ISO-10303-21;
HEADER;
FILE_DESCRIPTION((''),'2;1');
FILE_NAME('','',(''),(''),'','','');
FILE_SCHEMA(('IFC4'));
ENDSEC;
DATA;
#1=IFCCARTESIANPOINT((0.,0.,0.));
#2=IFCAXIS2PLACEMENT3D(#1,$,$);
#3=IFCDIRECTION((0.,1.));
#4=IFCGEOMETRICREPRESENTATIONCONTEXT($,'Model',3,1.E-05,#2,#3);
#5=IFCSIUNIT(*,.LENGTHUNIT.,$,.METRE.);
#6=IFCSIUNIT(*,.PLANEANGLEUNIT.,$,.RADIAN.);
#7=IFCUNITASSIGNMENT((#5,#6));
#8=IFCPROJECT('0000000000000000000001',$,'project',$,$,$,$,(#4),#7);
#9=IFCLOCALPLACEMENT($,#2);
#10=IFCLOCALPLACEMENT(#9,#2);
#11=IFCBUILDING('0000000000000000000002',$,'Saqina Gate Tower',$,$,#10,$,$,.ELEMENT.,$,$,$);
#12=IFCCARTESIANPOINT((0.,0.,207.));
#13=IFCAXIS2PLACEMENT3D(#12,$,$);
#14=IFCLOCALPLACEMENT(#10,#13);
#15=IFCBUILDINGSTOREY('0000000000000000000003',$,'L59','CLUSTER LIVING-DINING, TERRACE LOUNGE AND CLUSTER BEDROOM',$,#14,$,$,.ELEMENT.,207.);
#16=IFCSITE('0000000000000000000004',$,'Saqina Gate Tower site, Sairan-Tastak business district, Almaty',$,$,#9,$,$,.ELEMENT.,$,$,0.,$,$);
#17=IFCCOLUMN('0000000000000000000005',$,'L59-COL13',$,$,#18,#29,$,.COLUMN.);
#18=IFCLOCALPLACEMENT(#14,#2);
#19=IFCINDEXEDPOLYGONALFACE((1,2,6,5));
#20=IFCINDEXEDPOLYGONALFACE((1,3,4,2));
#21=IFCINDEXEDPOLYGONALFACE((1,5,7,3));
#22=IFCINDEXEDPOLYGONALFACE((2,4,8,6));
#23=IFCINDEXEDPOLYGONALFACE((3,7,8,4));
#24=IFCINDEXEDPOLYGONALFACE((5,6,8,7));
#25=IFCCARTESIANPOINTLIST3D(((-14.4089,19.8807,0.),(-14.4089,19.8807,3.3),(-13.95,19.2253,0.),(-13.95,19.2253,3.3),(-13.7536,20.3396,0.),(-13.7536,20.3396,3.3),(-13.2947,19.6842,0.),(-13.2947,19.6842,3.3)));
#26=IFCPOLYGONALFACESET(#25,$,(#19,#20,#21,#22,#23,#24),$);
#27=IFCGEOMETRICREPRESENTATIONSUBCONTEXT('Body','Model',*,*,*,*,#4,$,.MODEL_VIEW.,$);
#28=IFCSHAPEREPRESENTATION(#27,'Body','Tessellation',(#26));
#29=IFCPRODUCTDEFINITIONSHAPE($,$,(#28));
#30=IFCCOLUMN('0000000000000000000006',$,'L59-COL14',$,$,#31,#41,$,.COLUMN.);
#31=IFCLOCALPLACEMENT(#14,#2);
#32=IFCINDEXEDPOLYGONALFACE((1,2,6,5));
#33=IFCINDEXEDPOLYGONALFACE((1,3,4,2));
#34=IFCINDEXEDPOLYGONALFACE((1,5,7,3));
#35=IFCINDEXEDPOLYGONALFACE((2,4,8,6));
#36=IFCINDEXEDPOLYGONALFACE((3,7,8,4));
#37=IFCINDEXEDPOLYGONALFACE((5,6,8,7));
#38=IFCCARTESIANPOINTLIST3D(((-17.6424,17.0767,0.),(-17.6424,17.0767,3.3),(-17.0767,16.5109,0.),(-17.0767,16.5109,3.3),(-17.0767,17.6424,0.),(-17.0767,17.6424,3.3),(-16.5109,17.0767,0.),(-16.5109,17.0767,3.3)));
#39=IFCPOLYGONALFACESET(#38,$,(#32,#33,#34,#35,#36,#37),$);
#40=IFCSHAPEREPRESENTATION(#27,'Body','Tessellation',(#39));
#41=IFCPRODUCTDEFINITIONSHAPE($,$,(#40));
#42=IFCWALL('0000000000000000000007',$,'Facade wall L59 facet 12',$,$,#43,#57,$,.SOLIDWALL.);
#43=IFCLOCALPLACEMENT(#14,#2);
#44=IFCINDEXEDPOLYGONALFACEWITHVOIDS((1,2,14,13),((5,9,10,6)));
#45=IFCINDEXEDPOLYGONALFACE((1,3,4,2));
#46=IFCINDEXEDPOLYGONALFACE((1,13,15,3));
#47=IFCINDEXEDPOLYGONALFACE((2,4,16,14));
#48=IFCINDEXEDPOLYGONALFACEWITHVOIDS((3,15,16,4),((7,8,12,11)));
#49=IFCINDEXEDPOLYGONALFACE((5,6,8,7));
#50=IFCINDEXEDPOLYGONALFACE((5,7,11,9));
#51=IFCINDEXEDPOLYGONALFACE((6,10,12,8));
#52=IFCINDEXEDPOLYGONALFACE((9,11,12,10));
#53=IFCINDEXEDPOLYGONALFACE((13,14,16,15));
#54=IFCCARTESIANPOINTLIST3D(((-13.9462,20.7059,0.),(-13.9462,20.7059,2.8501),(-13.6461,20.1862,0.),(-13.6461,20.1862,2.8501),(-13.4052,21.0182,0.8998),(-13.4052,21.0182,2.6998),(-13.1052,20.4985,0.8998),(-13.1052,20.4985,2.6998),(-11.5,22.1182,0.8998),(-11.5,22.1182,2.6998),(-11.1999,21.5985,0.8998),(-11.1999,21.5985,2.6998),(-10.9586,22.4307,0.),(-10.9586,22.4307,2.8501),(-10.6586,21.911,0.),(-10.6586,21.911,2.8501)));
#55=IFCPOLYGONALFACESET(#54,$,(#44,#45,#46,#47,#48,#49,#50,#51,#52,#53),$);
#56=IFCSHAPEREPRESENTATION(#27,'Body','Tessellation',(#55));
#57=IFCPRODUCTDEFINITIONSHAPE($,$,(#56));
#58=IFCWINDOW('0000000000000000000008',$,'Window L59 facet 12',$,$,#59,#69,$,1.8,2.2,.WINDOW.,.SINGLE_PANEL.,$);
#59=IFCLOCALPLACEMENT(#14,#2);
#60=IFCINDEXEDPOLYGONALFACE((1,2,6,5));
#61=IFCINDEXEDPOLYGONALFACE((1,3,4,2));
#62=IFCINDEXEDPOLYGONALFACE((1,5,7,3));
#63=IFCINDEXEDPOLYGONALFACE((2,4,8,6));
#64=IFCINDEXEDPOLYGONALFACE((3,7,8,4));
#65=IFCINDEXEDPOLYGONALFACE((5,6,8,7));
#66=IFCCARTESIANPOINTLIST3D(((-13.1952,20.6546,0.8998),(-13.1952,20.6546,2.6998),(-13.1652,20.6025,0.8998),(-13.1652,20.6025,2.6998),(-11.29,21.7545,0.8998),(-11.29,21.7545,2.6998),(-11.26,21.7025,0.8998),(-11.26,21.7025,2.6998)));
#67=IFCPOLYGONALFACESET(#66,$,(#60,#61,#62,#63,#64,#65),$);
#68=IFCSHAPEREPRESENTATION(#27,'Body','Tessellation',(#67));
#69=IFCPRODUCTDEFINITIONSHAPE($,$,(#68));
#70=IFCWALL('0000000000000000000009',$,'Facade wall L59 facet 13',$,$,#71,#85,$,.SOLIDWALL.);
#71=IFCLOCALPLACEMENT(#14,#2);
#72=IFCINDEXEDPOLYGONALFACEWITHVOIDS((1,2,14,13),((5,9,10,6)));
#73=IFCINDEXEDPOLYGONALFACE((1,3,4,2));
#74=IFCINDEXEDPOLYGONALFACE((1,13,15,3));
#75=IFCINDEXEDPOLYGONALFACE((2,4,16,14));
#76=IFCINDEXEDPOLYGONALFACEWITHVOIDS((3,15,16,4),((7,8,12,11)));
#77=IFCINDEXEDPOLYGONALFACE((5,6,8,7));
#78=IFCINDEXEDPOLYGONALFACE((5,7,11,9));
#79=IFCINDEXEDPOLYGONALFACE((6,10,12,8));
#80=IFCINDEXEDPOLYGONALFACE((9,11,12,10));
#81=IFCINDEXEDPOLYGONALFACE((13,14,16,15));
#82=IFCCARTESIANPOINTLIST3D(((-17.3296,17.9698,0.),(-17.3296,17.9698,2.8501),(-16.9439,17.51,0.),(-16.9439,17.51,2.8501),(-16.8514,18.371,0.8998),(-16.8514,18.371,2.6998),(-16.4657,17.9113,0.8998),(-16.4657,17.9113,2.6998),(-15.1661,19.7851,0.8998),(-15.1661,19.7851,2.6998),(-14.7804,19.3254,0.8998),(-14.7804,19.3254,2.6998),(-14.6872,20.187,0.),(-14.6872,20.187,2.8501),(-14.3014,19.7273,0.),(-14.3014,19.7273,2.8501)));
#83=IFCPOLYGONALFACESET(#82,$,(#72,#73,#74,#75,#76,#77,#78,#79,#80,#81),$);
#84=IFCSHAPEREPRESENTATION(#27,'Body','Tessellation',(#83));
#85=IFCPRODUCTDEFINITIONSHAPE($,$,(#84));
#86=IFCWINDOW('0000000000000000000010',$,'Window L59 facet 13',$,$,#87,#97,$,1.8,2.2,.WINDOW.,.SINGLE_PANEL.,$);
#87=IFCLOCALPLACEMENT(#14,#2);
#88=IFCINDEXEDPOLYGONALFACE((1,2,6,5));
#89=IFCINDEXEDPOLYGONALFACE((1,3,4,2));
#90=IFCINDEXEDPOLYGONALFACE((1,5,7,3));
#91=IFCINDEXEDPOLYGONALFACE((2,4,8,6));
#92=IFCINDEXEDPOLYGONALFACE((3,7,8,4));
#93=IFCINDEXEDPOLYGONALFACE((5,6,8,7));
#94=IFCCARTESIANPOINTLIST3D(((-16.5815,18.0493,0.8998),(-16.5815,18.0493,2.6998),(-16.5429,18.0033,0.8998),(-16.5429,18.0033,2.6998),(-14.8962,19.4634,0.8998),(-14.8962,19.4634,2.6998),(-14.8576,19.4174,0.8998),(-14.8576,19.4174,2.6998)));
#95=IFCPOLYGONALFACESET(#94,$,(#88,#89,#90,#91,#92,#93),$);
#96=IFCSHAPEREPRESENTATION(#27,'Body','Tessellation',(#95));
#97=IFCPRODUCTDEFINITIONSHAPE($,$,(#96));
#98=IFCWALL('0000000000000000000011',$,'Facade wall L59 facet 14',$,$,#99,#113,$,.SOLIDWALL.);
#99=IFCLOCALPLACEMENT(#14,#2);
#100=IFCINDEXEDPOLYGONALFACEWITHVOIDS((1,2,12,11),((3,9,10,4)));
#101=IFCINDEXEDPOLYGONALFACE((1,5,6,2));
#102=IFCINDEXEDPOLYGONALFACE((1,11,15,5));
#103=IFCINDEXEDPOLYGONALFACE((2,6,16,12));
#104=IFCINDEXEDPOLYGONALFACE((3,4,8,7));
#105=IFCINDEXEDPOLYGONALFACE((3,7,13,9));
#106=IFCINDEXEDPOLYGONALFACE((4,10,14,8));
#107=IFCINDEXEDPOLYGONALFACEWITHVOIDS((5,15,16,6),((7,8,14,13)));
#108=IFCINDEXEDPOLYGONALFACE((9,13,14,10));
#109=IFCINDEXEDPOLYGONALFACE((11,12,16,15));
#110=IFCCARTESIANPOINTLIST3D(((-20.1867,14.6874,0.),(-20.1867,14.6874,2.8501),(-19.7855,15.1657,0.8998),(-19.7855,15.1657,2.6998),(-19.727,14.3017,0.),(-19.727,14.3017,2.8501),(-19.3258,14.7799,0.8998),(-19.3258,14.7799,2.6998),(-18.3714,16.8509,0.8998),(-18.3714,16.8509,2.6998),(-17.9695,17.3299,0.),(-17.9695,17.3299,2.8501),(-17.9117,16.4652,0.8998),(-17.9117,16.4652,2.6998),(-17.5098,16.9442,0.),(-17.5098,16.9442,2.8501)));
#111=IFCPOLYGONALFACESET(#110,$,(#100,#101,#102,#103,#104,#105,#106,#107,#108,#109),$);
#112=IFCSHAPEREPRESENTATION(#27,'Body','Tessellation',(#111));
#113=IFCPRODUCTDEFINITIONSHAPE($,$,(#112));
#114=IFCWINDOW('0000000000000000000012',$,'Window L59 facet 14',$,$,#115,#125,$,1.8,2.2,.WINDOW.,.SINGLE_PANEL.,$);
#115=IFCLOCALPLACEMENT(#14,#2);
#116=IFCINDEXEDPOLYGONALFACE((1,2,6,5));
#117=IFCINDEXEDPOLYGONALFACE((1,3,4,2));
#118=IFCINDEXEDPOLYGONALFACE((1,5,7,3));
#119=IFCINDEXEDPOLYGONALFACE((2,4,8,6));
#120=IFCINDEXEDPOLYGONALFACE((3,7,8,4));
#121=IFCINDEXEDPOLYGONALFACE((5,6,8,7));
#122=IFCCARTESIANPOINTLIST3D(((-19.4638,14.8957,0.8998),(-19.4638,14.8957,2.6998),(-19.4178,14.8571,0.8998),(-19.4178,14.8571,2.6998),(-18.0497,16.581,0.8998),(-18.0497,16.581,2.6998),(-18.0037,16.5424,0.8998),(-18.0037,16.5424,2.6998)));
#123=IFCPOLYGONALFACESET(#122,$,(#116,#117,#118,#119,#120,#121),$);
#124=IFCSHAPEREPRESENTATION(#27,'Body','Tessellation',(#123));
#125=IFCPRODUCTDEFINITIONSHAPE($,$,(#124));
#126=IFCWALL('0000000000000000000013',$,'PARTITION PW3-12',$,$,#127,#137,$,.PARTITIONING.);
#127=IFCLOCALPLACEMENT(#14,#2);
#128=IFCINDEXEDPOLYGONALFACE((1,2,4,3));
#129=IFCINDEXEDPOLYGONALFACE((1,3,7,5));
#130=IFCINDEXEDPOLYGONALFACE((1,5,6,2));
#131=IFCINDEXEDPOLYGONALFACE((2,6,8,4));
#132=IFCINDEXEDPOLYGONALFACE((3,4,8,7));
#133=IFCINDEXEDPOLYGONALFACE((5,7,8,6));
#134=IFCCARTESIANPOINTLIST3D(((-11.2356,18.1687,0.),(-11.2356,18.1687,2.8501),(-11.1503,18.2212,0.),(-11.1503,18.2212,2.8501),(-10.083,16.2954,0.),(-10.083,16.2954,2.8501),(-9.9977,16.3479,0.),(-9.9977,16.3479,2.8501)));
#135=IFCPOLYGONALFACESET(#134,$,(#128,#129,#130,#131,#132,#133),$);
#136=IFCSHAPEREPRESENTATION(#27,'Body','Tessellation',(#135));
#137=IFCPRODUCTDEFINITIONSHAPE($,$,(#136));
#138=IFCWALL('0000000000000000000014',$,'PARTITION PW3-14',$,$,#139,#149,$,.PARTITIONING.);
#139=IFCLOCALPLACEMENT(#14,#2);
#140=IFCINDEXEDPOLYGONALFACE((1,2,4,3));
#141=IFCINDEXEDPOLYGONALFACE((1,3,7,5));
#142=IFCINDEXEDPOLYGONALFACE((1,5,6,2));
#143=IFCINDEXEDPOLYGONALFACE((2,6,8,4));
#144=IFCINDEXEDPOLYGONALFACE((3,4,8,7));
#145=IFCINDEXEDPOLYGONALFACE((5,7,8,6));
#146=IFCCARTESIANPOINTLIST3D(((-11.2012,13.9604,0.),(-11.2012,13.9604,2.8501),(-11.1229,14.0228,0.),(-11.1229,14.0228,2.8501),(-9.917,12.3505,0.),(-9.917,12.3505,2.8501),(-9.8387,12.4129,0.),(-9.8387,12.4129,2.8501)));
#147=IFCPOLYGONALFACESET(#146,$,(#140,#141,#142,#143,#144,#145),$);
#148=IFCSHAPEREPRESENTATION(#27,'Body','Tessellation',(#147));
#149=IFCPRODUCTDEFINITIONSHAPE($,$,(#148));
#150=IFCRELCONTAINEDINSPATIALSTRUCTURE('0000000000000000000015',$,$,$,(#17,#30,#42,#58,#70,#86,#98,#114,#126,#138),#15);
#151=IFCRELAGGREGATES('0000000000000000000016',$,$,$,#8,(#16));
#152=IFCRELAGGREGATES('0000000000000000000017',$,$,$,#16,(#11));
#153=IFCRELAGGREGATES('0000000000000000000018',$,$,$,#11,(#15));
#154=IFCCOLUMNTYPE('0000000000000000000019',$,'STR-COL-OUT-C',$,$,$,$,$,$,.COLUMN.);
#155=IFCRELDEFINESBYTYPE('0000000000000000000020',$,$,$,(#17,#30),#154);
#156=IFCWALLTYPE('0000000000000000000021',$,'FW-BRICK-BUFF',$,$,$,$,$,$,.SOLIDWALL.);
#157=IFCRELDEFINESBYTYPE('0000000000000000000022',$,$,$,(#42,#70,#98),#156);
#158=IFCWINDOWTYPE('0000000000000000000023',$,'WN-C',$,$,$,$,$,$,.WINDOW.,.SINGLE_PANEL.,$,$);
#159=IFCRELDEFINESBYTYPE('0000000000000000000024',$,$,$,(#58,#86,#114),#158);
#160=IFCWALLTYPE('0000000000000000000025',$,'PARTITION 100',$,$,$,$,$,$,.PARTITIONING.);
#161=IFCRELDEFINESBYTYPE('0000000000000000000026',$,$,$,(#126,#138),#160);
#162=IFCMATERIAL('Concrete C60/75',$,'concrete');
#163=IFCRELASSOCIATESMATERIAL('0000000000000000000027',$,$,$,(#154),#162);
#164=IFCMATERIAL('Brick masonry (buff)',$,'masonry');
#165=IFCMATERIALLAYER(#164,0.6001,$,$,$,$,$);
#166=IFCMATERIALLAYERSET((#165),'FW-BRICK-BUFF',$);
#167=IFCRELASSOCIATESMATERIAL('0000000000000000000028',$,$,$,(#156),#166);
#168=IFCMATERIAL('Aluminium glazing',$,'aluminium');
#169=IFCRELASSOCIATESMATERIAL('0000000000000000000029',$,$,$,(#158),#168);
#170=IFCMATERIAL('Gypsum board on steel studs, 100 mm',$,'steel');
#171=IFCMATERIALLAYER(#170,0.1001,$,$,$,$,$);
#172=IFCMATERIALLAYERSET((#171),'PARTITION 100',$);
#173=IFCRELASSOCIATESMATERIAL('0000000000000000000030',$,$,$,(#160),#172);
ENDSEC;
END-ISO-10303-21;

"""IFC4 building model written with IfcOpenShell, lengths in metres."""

from ifc_helpers import new_model, si_unit, direction, frame, frame_2d, origin, origin_2d, place, context, subcontext, project, spatial, rectangle, extrude, material, layer, layer_set, material_profile, profile_set, type_object, element, fill, save


model = new_model("IFC4")

# Units and contexts
model_context = context("Model", 3, precision=1e-05, world=origin(), true_north=direction((0.0, 1.0)))
body_context = subcontext(model_context, "Body", "Model", "MODEL_VIEW")
ifc_project = project(units=[si_unit("LENGTHUNIT", "METRE"), si_unit("PLANEANGLEUNIT", "RADIAN")], contexts=[model_context])

# Site, building, storey
site_placement = place(None, origin())
site = spatial("IfcSite", under=ifc_project, at=site_placement, Name="Saqina Gate Tower site, Sairan-Tastak business district, Almaty", CompositionType="ELEMENT", RefElevation=0.0)
building_placement = place(site_placement, origin())
building = spatial("IfcBuilding", under=site, at=building_placement, Name="Saqina Gate Tower", CompositionType="ELEMENT")
storey_placement = place(building_placement, frame((0.0, 0.0, 207.0)))
storey = spatial("IfcBuildingStorey", under=building, at=storey_placement, Name="L59", Description="CLUSTER LIVING-DINING, TERRACE LOUNGE AND CLUSTER BEDROOM", CompositionType="ELEMENT", Elevation=207.0)

# Columns
ifc_material_1 = material(Name="Concrete C60/75", Category="concrete")
ifc_material_profile = material_profile(ifc_material_1, rectangle(XDim=0.8, YDim=0.8, at=origin_2d()), Name="RC 800x800")
ifc_profile_set = profile_set([ifc_material_profile], Name="Concrete C60/75")
column_type = type_object("IfcColumnType", Name="STR-COL-OUT-C", PredefinedType="COLUMN", material=ifc_profile_set)
for number, where, z_axis, x_axis, name in (
    (1, (-13.8518, 19.7825, 0.0), (0.0, 0.0, 1.0), (-0.573576, 0.819152, 0.0), "L59-COL13"),
    (2, (-17.0767, 17.0767, 0.0), (0.0, 0.0, 1.0), (-0.707107, 0.707107, 0.0), "L59-COL14"),
):
    element("IfcColumn", number, at=place(storey_placement, frame(where, z_axis=z_axis, x_axis=x_axis)), inside=storey, type_object=column_type, Name=name, PredefinedType="COLUMN", context=body_context, shape_type="SweptSolid", body=[
        extrude(rectangle(XDim=0.8, YDim=0.8, at=origin_2d()), origin(), (0.0, 0.0, 1.0), 3.3),
    ])

# Walls, openings, windows
ifc_material_2 = material(Name="Brick masonry (buff)", Category="masonry")
ifc_layer_1 = layer(ifc_material_2, 0.6001)
ifc_layer_set_1 = layer_set([ifc_layer_1], Name="FW-BRICK-BUFF")
wall_type_1 = type_object("IfcWallType", Name="FW-BRICK-BUFF", PredefinedType="SOLIDWALL", material=ifc_layer_set_1)
wall_1_placement = place(storey_placement, frame((-10.8086, 22.1709, 0.0), z_axis=(0.0, 0.0, 1.0), x_axis=(-0.866026, -0.499998, 0.0)))
wall_1 = element("IfcWall", 3, at=wall_1_placement, inside=storey, type_object=wall_type_1, Name="Facade wall L59 facet 12", PredefinedType="SOLIDWALL", context=body_context, shape_type="SweptSolid", body=[
    extrude(rectangle(XDim=3.4497, YDim=0.6001, at=frame_2d((1.7249, 0.0))), origin(), (0.0, 0.0, 1.0), 2.8501),
])
opening_1_placement = place(wall_1_placement, frame((0.625, 0.0, 0.8999)))
opening_1 = element("IfcOpeningElement", 4, at=opening_1_placement, cuts=wall_1, PredefinedType="OPENING", context=body_context, shape_type="SweptSolid", body=[
    extrude(rectangle(XDim=2.2, YDim=1.8, at=frame_2d((1.1001, 0.8999))), frame((0.0, 0.312, 0.0), z_axis=(0.0, -1.0, 0.0), x_axis=(1.0, 0.0, 0.0)), (0.0, 0.0, 1.0), 0.624),
])
ifc_material_3 = material(Name="Aluminium glazing", Category="aluminium")
window_type = type_object("IfcWindowType", Name="WN-C", PartitioningType="SINGLE_PANEL", PredefinedType="WINDOW", material=ifc_material_3)
window_1_placement = place(opening_1_placement, origin())
window_1 = element("IfcWindow", 5, at=window_1_placement, inside=storey, type_object=window_type, Name="Window L59 facet 12", OverallHeight=1.8, OverallWidth=2.2, PartitioningType="SINGLE_PANEL", PredefinedType="WINDOW", context=body_context, shape_type="SweptSolid", body=[
    extrude(rectangle(XDim=2.2, YDim=1.8, at=frame_2d((1.1001, 0.8999))), frame((0.0, 0.1799, 0.0), z_axis=(0.0, -1.0, 0.0), x_axis=(1.0, 0.0, 0.0)), (0.0, 0.0, 1.0), 0.0601),
])
fill(opening_1, window_1)
wall_2_placement = place(storey_placement, frame((-14.4944, 19.957, 0.0), z_axis=(0.0, 0.0, 1.0), x_axis=(-0.766059, -0.64277, 0.0)))
wall_2 = element("IfcWall", 6, at=wall_2_placement, inside=storey, type_object=wall_type_1, Name="Facade wall L59 facet 13", PredefinedType="SOLIDWALL", context=body_context, shape_type="SweptSolid", body=[
    extrude(rectangle(XDim=3.4495, YDim=0.6001, at=frame_2d((1.7246, 0.0))), origin(), (0.0, 0.0, 1.0), 2.8501),
])
opening_2_placement = place(wall_2_placement, frame((0.625, 0.0, 0.8999)))
opening_2 = element("IfcOpeningElement", 7, at=opening_2_placement, cuts=wall_2, PredefinedType="OPENING", context=body_context, shape_type="SweptSolid", body=[
    extrude(rectangle(XDim=2.2, YDim=1.8, at=frame_2d((1.1001, 0.8999))), frame((0.0, 0.312, 0.0), z_axis=(0.0, -1.0, 0.0), x_axis=(1.0, 0.0, 0.0)), (0.0, 0.0, 1.0), 0.624),
])
window_2_placement = place(opening_2_placement, origin())
window_2 = element("IfcWindow", 8, at=window_2_placement, inside=storey, type_object=window_type, Name="Window L59 facet 13", OverallHeight=1.8, OverallWidth=2.2, PartitioningType="SINGLE_PANEL", PredefinedType="WINDOW", context=body_context, shape_type="SweptSolid", body=[
    extrude(rectangle(XDim=2.2, YDim=1.8, at=frame_2d((1.1001, 0.8999))), frame((0.0, 0.1799, 0.0), z_axis=(0.0, -1.0, 0.0), x_axis=(1.0, 0.0, 0.0)), (0.0, 0.0, 1.0), 0.0601),
])
fill(opening_2, window_2)
wall_3_placement = place(storey_placement, frame((-17.7397, 17.137, 0.0), z_axis=(0.0, 0.0, 1.0), x_axis=(-0.64277, -0.766059, 0.0)))
wall_3 = element("IfcWall", 9, at=wall_3_placement, inside=storey, type_object=wall_type_1, Name="Facade wall L59 facet 14", PredefinedType="SOLIDWALL", context=body_context, shape_type="SweptSolid", body=[
    extrude(rectangle(XDim=3.4495, YDim=0.6001, at=frame_2d((1.7246, 0.0))), origin(), (0.0, 0.0, 1.0), 2.8501),
])
opening_3_placement = place(wall_3_placement, frame((0.625, 0.0, 0.8999)))
opening_3 = element("IfcOpeningElement", 10, at=opening_3_placement, cuts=wall_3, PredefinedType="OPENING", context=body_context, shape_type="SweptSolid", body=[
    extrude(rectangle(XDim=2.2, YDim=1.8, at=frame_2d((1.1001, 0.8999))), frame((0.0, 0.312, 0.0), z_axis=(0.0, -1.0, 0.0), x_axis=(1.0, 0.0, 0.0)), (0.0, 0.0, 1.0), 0.624),
])
window_3_placement = place(opening_3_placement, origin())
window_3 = element("IfcWindow", 11, at=window_3_placement, inside=storey, type_object=window_type, Name="Window L59 facet 14", OverallHeight=1.8, OverallWidth=2.2, PartitioningType="SINGLE_PANEL", PredefinedType="WINDOW", context=body_context, shape_type="SweptSolid", body=[
    extrude(rectangle(XDim=2.2, YDim=1.8, at=frame_2d((1.1001, 0.8999))), frame((0.0, 0.1799, 0.0), z_axis=(0.0, -1.0, 0.0), x_axis=(1.0, 0.0, 0.0)), (0.0, 0.0, 1.0), 0.0601),
])
fill(opening_3, window_3)

# Walls
ifc_material_4 = material(Name="Gypsum board on steel studs, 100 mm", Category="steel")
ifc_layer_2 = layer(ifc_material_4, 0.1001)
ifc_layer_set_2 = layer_set([ifc_layer_2], Name="PARTITION 100")
wall_type_2 = type_object("IfcWallType", Name="PARTITION 100", PredefinedType="PARTITIONING", material=ifc_layer_set_2)
wall_4_placement = place(storey_placement, frame((-11.1929, 18.1948, 0.0), z_axis=(0.0, 0.0, 1.0), x_axis=(0.524029, -0.8517, 0.0)))
element("IfcWall", 12, at=wall_4_placement, inside=storey, type_object=wall_type_2, Name="PARTITION PW3-12", PredefinedType="PARTITIONING", context=body_context, shape_type="SweptSolid", body=[
    extrude(rectangle(XDim=2.1995, YDim=0.1001, at=frame_2d((1.0996, 0.0))), origin(), (0.0, 0.0, 1.0), 2.8501),
])
wall_5_placement = place(storey_placement, frame((-11.1621, 13.9917, 0.0), z_axis=(0.0, 0.0, 1.0), x_axis=(0.623596, -0.781747, 0.0)))
element("IfcWall", 13, at=wall_5_placement, inside=storey, type_object=wall_type_2, Name="PARTITION PW3-14", PredefinedType="PARTITIONING", context=body_context, shape_type="SweptSolid", body=[
    extrude(rectangle(XDim=2.0593, YDim=0.1001, at=frame_2d((1.0298, 0.0))), origin(), (0.0, 0.0, 1.0), 2.8501),
])

save(model, "model.ifc")
